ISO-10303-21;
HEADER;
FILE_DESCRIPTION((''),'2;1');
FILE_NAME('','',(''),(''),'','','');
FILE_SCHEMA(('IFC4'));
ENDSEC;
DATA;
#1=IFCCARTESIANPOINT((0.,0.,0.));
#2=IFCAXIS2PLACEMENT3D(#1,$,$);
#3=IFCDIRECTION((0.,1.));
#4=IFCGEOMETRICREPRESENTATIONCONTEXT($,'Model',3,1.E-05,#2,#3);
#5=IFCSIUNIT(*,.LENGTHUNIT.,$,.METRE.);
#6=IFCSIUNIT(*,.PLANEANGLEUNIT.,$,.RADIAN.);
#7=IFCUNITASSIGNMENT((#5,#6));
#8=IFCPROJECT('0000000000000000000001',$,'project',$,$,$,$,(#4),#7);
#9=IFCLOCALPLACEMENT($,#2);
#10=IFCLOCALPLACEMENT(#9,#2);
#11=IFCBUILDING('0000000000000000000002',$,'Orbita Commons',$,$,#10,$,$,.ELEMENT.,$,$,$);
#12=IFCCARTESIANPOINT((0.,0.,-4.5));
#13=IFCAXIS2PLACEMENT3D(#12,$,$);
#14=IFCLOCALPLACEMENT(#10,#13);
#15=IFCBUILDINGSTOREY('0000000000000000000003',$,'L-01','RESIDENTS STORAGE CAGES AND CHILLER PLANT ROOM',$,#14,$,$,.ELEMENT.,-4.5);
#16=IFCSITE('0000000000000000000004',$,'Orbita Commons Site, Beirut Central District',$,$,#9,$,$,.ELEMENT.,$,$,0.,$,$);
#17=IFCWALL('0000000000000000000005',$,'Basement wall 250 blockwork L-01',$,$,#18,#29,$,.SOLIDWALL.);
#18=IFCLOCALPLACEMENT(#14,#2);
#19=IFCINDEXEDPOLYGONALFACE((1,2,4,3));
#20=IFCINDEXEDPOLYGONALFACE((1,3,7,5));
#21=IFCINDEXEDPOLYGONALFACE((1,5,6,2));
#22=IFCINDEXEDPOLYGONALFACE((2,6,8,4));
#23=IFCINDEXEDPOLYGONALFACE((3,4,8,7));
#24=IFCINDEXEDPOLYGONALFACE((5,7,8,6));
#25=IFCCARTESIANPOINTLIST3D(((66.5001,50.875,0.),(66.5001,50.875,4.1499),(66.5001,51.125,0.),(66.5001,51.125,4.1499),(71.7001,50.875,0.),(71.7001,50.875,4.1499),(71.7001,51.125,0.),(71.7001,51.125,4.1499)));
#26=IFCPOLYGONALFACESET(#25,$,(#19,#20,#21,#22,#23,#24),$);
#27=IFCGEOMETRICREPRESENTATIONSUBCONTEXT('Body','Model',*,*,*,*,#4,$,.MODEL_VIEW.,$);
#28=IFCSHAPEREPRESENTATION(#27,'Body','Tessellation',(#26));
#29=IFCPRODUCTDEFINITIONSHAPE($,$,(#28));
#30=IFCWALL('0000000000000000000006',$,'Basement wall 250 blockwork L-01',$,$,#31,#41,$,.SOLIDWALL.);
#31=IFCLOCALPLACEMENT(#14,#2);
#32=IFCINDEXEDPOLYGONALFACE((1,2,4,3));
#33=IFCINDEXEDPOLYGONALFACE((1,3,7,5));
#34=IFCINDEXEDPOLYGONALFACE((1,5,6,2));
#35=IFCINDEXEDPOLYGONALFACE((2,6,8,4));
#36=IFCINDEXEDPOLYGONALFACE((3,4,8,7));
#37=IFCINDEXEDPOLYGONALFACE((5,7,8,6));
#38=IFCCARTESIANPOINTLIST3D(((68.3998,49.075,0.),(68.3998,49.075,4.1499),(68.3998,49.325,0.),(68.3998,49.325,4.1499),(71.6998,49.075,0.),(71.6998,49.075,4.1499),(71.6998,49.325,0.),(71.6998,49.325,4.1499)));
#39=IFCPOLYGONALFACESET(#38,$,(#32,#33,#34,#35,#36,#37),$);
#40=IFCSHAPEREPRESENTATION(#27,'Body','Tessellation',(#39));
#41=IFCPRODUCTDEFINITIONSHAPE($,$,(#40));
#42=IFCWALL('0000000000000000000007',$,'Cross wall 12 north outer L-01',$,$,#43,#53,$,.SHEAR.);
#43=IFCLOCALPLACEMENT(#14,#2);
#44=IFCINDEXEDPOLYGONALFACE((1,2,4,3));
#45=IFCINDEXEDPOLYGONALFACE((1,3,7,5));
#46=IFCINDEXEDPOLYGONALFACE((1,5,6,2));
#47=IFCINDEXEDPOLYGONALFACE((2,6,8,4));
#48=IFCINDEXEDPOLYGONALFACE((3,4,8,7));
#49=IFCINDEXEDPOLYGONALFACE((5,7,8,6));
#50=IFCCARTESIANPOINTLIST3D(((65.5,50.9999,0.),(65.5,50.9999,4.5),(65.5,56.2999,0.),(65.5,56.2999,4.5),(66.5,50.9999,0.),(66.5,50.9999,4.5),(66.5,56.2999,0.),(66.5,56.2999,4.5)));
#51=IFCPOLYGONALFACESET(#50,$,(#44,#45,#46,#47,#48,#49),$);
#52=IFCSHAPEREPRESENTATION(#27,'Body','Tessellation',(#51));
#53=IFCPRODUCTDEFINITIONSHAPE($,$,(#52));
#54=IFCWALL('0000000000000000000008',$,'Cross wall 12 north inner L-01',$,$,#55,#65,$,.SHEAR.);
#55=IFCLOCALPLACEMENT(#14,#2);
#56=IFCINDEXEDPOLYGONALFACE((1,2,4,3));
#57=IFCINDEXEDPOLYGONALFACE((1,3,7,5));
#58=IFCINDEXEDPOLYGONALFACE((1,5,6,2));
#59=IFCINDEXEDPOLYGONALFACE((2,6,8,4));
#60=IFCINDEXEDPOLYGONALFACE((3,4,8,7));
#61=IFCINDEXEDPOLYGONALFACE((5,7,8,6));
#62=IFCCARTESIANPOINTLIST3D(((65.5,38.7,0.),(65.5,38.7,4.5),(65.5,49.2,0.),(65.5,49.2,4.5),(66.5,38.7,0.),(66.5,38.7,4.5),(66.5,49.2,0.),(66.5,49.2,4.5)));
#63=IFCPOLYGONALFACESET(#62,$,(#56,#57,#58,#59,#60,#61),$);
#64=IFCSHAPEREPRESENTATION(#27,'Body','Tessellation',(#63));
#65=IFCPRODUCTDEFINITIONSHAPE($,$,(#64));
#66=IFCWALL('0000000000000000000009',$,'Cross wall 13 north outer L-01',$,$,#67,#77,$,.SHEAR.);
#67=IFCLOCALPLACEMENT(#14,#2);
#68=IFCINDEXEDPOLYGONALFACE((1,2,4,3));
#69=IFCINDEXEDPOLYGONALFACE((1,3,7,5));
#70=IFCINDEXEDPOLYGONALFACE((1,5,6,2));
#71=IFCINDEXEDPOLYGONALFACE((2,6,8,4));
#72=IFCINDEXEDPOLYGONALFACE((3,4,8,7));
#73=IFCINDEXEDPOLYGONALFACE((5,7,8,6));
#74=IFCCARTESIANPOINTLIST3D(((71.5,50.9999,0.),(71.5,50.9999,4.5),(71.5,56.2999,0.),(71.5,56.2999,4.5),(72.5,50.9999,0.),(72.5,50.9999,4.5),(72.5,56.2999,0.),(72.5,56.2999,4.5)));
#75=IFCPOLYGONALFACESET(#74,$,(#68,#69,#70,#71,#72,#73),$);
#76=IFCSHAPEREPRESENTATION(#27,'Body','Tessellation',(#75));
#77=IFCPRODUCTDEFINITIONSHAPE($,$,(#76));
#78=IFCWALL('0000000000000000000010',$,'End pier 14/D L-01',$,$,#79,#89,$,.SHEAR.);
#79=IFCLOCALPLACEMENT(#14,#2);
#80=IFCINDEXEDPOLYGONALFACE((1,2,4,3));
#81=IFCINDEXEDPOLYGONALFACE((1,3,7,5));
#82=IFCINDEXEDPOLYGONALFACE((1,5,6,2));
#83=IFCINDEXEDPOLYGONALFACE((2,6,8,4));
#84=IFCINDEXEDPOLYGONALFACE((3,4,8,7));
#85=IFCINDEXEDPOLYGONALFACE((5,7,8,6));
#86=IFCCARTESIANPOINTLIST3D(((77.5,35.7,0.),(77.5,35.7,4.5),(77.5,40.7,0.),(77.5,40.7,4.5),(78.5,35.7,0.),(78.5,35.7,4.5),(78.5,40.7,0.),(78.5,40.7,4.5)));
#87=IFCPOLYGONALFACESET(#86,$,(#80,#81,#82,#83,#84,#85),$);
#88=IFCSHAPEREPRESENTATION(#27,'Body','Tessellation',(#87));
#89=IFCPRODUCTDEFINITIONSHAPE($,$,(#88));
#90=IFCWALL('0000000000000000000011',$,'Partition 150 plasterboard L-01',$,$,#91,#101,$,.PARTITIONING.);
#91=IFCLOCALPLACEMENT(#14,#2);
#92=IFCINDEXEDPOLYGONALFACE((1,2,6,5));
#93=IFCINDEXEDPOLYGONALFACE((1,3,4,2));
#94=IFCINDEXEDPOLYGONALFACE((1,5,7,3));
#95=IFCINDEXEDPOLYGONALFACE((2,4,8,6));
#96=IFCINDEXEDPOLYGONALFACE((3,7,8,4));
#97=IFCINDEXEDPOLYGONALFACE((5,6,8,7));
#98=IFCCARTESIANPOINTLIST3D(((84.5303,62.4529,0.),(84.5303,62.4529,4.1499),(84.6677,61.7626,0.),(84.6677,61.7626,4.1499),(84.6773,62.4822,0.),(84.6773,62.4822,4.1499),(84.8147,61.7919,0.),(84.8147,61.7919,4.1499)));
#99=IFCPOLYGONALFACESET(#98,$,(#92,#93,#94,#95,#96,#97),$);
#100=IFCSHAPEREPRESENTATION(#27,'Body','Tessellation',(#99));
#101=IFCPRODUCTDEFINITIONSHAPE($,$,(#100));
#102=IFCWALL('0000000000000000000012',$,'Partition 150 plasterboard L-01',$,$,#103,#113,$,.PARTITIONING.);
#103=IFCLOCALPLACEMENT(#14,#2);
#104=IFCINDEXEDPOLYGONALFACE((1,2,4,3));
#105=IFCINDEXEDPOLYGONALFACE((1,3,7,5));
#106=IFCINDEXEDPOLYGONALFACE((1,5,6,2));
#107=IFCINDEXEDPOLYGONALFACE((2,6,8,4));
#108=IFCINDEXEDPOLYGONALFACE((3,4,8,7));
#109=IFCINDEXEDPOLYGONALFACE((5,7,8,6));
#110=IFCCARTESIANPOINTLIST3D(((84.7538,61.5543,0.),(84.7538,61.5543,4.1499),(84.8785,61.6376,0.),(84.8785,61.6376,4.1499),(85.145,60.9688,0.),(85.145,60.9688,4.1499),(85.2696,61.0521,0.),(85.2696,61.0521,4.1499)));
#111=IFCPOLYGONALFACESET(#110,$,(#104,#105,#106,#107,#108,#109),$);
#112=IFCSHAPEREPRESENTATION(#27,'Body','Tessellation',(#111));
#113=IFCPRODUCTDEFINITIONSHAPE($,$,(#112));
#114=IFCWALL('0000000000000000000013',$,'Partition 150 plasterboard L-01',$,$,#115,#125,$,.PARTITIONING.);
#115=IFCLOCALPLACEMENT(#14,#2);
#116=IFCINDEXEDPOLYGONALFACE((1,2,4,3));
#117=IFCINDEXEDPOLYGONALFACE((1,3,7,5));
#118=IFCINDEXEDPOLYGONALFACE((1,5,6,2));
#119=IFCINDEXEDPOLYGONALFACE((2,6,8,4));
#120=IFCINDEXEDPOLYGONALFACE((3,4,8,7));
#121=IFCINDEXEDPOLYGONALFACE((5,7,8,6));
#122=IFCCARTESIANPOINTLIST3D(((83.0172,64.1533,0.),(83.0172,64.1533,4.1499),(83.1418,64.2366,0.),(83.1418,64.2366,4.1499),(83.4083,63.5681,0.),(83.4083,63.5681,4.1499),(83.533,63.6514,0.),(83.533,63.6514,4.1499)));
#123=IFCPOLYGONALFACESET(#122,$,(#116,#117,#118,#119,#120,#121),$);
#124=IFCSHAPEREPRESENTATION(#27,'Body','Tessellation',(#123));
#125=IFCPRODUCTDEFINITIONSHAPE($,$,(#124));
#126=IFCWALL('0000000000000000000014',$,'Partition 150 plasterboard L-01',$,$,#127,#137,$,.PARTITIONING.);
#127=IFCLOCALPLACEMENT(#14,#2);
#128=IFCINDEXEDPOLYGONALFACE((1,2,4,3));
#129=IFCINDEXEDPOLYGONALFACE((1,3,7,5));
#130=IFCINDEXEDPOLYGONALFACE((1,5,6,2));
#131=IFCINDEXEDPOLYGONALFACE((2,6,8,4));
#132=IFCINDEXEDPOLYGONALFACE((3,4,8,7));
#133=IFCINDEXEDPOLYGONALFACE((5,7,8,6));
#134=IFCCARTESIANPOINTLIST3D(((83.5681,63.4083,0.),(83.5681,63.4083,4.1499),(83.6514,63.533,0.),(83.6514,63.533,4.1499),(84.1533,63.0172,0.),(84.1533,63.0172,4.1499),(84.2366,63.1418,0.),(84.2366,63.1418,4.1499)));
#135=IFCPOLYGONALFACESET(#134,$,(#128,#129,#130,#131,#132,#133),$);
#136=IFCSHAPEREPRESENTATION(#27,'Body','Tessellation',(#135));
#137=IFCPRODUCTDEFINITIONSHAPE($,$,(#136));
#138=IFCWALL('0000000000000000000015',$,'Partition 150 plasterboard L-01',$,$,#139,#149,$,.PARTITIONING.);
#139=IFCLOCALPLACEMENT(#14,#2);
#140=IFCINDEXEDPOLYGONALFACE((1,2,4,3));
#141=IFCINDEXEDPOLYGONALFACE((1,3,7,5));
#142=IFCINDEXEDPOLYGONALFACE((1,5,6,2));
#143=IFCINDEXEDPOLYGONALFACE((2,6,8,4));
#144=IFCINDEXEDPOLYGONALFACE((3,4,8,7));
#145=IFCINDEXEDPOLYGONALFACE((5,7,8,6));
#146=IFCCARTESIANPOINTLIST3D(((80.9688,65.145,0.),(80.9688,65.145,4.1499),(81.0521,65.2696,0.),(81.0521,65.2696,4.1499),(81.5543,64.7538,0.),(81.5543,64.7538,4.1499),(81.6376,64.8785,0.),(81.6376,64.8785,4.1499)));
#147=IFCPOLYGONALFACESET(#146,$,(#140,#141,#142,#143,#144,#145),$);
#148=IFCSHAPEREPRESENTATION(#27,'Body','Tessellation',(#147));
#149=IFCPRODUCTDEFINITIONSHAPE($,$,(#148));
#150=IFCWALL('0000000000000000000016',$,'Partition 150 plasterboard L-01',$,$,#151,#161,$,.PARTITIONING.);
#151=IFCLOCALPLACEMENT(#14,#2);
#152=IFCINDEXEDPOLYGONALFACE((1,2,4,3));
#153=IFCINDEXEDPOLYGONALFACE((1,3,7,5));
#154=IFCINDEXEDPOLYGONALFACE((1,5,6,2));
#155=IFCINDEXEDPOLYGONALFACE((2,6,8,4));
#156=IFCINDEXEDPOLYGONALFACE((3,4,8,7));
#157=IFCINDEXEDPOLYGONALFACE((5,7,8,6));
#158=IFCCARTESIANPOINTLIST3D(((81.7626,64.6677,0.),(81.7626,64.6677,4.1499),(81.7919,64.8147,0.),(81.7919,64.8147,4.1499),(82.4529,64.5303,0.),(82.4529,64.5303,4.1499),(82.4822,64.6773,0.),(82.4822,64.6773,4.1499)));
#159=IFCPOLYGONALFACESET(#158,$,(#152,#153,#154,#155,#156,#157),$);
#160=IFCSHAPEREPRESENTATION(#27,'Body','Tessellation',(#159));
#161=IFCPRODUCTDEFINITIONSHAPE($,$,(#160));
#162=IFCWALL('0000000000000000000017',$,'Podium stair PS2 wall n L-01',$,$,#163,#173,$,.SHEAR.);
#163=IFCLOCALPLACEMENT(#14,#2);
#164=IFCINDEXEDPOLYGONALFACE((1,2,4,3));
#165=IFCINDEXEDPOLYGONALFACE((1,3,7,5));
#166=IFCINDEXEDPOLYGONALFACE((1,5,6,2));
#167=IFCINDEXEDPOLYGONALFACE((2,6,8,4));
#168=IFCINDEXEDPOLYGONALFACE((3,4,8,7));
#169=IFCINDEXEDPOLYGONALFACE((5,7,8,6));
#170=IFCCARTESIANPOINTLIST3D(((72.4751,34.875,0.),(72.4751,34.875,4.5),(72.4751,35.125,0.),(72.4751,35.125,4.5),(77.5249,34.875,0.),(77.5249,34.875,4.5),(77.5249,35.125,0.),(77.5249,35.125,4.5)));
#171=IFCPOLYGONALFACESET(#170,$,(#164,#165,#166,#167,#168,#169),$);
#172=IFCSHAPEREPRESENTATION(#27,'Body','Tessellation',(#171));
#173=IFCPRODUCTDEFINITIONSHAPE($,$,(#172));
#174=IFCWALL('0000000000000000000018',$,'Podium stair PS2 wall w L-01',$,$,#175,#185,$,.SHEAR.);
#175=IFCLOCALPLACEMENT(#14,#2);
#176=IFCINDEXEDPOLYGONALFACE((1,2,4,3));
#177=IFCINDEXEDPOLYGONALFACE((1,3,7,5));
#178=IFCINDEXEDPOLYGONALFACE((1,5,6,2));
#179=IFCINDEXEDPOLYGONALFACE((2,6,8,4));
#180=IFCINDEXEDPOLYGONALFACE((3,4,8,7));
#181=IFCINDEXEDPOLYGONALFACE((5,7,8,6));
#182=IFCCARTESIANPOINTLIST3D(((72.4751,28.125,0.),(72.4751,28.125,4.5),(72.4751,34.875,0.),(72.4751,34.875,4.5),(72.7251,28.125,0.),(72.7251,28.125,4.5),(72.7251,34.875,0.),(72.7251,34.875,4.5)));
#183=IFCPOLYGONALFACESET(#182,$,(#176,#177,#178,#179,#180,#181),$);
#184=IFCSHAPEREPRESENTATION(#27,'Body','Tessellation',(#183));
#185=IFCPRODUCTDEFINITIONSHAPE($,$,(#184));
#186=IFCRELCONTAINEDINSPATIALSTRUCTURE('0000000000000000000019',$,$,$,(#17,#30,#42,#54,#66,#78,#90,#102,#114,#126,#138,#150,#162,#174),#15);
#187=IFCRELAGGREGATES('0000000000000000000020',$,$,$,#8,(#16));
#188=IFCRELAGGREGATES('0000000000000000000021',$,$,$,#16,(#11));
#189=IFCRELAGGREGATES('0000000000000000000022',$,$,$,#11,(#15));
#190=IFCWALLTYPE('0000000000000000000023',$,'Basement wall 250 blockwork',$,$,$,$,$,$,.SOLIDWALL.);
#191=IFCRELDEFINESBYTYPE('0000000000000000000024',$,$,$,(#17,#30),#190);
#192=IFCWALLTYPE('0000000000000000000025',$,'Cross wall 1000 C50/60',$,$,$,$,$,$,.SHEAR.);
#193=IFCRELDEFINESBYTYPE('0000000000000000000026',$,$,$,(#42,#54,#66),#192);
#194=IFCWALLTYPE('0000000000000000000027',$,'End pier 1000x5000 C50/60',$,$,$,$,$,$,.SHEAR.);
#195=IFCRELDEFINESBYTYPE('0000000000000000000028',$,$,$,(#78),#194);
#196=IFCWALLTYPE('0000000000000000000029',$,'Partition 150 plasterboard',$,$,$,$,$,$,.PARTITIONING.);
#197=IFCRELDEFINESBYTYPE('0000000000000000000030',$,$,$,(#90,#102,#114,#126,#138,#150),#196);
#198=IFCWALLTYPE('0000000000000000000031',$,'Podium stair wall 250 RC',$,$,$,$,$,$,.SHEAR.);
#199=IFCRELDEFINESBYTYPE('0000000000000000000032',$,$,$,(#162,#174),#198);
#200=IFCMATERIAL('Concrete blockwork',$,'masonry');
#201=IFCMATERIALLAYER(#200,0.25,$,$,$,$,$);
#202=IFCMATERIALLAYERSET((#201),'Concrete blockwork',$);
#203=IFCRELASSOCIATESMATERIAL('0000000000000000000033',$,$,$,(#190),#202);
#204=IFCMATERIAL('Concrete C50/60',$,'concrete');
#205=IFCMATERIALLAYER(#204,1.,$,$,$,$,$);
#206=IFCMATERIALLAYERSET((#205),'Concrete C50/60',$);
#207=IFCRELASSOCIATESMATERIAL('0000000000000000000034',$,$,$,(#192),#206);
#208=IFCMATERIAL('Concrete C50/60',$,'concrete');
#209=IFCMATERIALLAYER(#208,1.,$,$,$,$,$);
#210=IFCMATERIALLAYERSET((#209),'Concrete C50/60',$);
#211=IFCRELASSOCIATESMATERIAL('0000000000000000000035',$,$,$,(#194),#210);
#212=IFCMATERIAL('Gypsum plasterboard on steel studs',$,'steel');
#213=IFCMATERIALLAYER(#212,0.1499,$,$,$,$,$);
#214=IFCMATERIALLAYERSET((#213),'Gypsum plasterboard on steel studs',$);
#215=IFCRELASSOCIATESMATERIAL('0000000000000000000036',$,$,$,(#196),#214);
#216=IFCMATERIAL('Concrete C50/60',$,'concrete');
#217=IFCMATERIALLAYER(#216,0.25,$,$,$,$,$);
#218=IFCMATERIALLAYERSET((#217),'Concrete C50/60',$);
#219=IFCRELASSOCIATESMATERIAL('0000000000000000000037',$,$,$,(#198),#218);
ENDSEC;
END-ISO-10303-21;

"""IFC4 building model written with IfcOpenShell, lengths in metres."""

from ifc_helpers import new_model, si_unit, direction, frame, frame_2d, origin, place, context, subcontext, project, spatial, rectangle, extrude, material, layer, layer_set, type_object, element, save


model = new_model("IFC4")

# Units and contexts
model_context = context("Model", 3, precision=1e-05, world=origin(), true_north=direction((0.0, 1.0)))
body_context = subcontext(model_context, "Body", "Model", "MODEL_VIEW")
ifc_project = project(units=[si_unit("LENGTHUNIT", "METRE"), si_unit("PLANEANGLEUNIT", "RADIAN")], contexts=[model_context])

# Site, building, storey
site_placement = place(None, origin())
site = spatial("IfcSite", under=ifc_project, at=site_placement, Name="Orbita Commons Site, Beirut Central District", CompositionType="ELEMENT", RefElevation=0.0)
building_placement = place(site_placement, origin())
building = spatial("IfcBuilding", under=site, at=building_placement, Name="Orbita Commons", CompositionType="ELEMENT")
storey_placement = place(building_placement, frame((0.0, 0.0, -4.5)))
storey = spatial("IfcBuildingStorey", under=building, at=storey_placement, Name="L-01", Description="RESIDENTS STORAGE CAGES AND CHILLER PLANT ROOM", CompositionType="ELEMENT", Elevation=-4.5)

# Walls
ifc_material_1 = material(Name="Concrete blockwork", Category="masonry")
ifc_layer_1 = layer(ifc_material_1, 0.25)
ifc_layer_set_1 = layer_set([ifc_layer_1], Name="Concrete blockwork")
wall_type_1 = type_object("IfcWallType", Name="Basement wall 250 blockwork", PredefinedType="SOLIDWALL", material=ifc_layer_set_1)
wall_1_placement = place(storey_placement, frame((66.5, 51.0, 0.0), z_axis=(0.0, 0.0, 1.0), x_axis=(1.0, 0.0, 0.0)))
element("IfcWall", 1, at=wall_1_placement, inside=storey, type_object=wall_type_1, Name="Basement wall 250 blockwork L-01", PredefinedType="SOLIDWALL", context=body_context, shape_type="SweptSolid", body=[
    extrude(rectangle(XDim=5.2, YDim=0.25, at=frame_2d((2.6001, 0.0))), origin(), (0.0, 0.0, 1.0), 4.1499),
])
wall_2_placement = place(storey_placement, frame((68.3999, 49.2, 0.0), z_axis=(0.0, 0.0, 1.0), x_axis=(1.0, 0.0, 0.0)))
element("IfcWall", 2, at=wall_2_placement, inside=storey, type_object=wall_type_1, Name="Basement wall 250 blockwork L-01", PredefinedType="SOLIDWALL", context=body_context, shape_type="SweptSolid", body=[
    extrude(rectangle(XDim=3.3, YDim=0.25, at=frame_2d((1.6499, 0.0))), origin(), (0.0, 0.0, 1.0), 4.1499),
])
ifc_material_2 = material(Name="Concrete C50/60", Category="concrete")
ifc_layer_2 = layer(ifc_material_2, 1.0)
ifc_layer_set_2 = layer_set([ifc_layer_2], Name="Concrete C50/60")
wall_type_2 = type_object("IfcWallType", Name="Cross wall 1000 C50/60", PredefinedType="SHEAR", material=ifc_layer_set_2)
wall_3_placement = place(storey_placement, frame((66.0, 51.0, 0.0), z_axis=(0.0, 0.0, 1.0), x_axis=(0.0, 1.0, 0.0)))
element("IfcWall", 3, at=wall_3_placement, inside=storey, type_object=wall_type_2, Name="Cross wall 12 north outer L-01", PredefinedType="SHEAR", context=body_context, shape_type="SweptSolid", body=[
    extrude(rectangle(XDim=5.3, YDim=1.0, at=frame_2d((2.6499, 0.0))), origin(), (0.0, 0.0, 1.0), 4.5),
])
wall_4_placement = place(storey_placement, frame((66.0, 38.7, 0.0), z_axis=(0.0, 0.0, 1.0), x_axis=(0.0, 1.0, 0.0)))
element("IfcWall", 4, at=wall_4_placement, inside=storey, type_object=wall_type_2, Name="Cross wall 12 north inner L-01", PredefinedType="SHEAR", context=body_context, shape_type="SweptSolid", body=[
    extrude(rectangle(XDim=10.5, YDim=1.0, at=frame_2d((5.25, 0.0))), origin(), (0.0, 0.0, 1.0), 4.5),
])
wall_5_placement = place(storey_placement, frame((72.0, 51.0, 0.0), z_axis=(0.0, 0.0, 1.0), x_axis=(0.0, 1.0, 0.0)))
element("IfcWall", 5, at=wall_5_placement, inside=storey, type_object=wall_type_2, Name="Cross wall 13 north outer L-01", PredefinedType="SHEAR", context=body_context, shape_type="SweptSolid", body=[
    extrude(rectangle(XDim=5.3, YDim=1.0, at=frame_2d((2.6499, 0.0))), origin(), (0.0, 0.0, 1.0), 4.5),
])
ifc_material_3 = material(Name="Concrete C50/60", Category="concrete")
ifc_layer_3 = layer(ifc_material_3, 1.0)
ifc_layer_set_3 = layer_set([ifc_layer_3], Name="Concrete C50/60")
wall_type_3 = type_object("IfcWallType", Name="End pier 1000x5000 C50/60", PredefinedType="SHEAR", material=ifc_layer_set_3)
wall_6_placement = place(storey_placement, frame((78.0, 35.7, 0.0), z_axis=(0.0, 0.0, 1.0), x_axis=(0.0, 1.0, 0.0)))
element("IfcWall", 6, at=wall_6_placement, inside=storey, type_object=wall_type_3, Name="End pier 14/D L-01", PredefinedType="SHEAR", context=body_context, shape_type="SweptSolid", body=[
    extrude(rectangle(XDim=5.0, YDim=1.0, at=frame_2d((2.5, 0.0))), origin(), (0.0, 0.0, 1.0), 4.5),
])
ifc_material_4 = material(Name="Gypsum plasterboard on steel studs", Category="steel")
ifc_layer_4 = layer(ifc_material_4, 0.1499)
ifc_layer_set_4 = layer_set([ifc_layer_4], Name="Gypsum plasterboard on steel studs")
wall_type_4 = type_object("IfcWallType", Name="Partition 150 plasterboard", PredefinedType="PARTITIONING", material=ifc_layer_set_4)
wall_7_placement = place(storey_placement, frame((84.7412, 61.7771, 0.0), z_axis=(0.0, 0.0, 1.0), x_axis=(-0.195249, 0.980754, 0.0)))
element("IfcWall", 7, at=wall_7_placement, inside=storey, type_object=wall_type_4, Name="Partition 150 plasterboard L-01", PredefinedType="PARTITIONING", context=body_context, shape_type="SweptSolid", body=[
    extrude(rectangle(XDim=0.7039, YDim=0.1499, at=frame_2d((0.3521, 0.0))), origin(), (0.0, 0.0, 1.0), 4.1499),
])
wall_8_placement = place(storey_placement, frame((84.8162, 61.5959, 0.0), z_axis=(0.0, 0.0, 1.0), x_axis=(0.5555, -0.831516, 0.0)))
element("IfcWall", 8, at=wall_8_placement, inside=storey, type_object=wall_type_4, Name="Partition 150 plasterboard L-01", PredefinedType="PARTITIONING", context=body_context, shape_type="SweptSolid", body=[
    extrude(rectangle(XDim=0.7041, YDim=0.1499, at=frame_2d((0.3521, 0.0))), origin(), (0.0, 0.0, 1.0), 4.1499),
])
for number, where, z_axis, x_axis, name in (
    (9, (83.4707, 63.6096, 0.0), (0.0, 0.0, 1.0), (-0.55566, 0.831409, 0.0), "Partition 150 plasterboard L-01"),
    (10, (83.6096, 63.4707, 0.0), (0.0, 0.0, 1.0), (0.831409, -0.55566, 0.0), "Partition 150 plasterboard L-01"),
):
    element("IfcWall", number, at=place(storey_placement, frame(where, z_axis=z_axis, x_axis=x_axis)), inside=storey, type_object=wall_type_4, Name=name, PredefinedType="PARTITIONING", context=body_context, shape_type="SweptSolid", body=[
        extrude(rectangle(XDim=0.7039, YDim=0.1499, at=frame_2d((0.3521, 0.0))), origin(), (0.0, 0.0, 1.0), 4.1499),
    ])
wall_9_placement = place(storey_placement, frame((81.5959, 64.8162, 0.0), z_axis=(0.0, 0.0, 1.0), x_axis=(-0.831516, 0.5555, 0.0)))
element("IfcWall", 11, at=wall_9_placement, inside=storey, type_object=wall_type_4, Name="Partition 150 plasterboard L-01", PredefinedType="PARTITIONING", context=body_context, shape_type="SweptSolid", body=[
    extrude(rectangle(XDim=0.7041, YDim=0.1499, at=frame_2d((0.3521, 0.0))), origin(), (0.0, 0.0, 1.0), 4.1499),
])
wall_10_placement = place(storey_placement, frame((81.7771, 64.7412, 0.0), z_axis=(0.0, 0.0, 1.0), x_axis=(0.980754, -0.195249, 0.0)))
element("IfcWall", 12, at=wall_10_placement, inside=storey, type_object=wall_type_4, Name="Partition 150 plasterboard L-01", PredefinedType="PARTITIONING", context=body_context, shape_type="SweptSolid", body=[
    extrude(rectangle(XDim=0.7039, YDim=0.1499, at=frame_2d((0.3521, 0.0))), origin(), (0.0, 0.0, 1.0), 4.1499),
])
ifc_material_5 = material(Name="Concrete C50/60", Category="concrete")
ifc_layer_5 = layer(ifc_material_5, 0.25)
ifc_layer_set_5 = layer_set([ifc_layer_5], Name="Concrete C50/60")
wall_type_5 = type_object("IfcWallType", Name="Podium stair wall 250 RC", PredefinedType="SHEAR", material=ifc_layer_set_5)
wall_11_placement = place(storey_placement, frame((77.5249, 35.0, 0.0), z_axis=(0.0, 0.0, 1.0), x_axis=(-1.0, 0.0, 0.0)))
element("IfcWall", 13, at=wall_11_placement, inside=storey, type_object=wall_type_5, Name="Podium stair PS2 wall n L-01", PredefinedType="SHEAR", context=body_context, shape_type="SweptSolid", body=[
    extrude(rectangle(XDim=5.0498, YDim=0.25, at=frame_2d((2.5249, 0.0))), origin(), (0.0, 0.0, 1.0), 4.5),
])
wall_12_placement = place(storey_placement, frame((72.6001, 34.875, 0.0), z_axis=(0.0, 0.0, 1.0), x_axis=(0.0, -1.0, 0.0)))
element("IfcWall", 14, at=wall_12_placement, inside=storey, type_object=wall_type_5, Name="Podium stair PS2 wall w L-01", PredefinedType="SHEAR", context=body_context, shape_type="SweptSolid", body=[
    extrude(rectangle(XDim=6.75, YDim=0.25, at=frame_2d((3.375, 0.0))), origin(), (0.0, 0.0, 1.0), 4.5),
])

save(model, "model.ifc")
